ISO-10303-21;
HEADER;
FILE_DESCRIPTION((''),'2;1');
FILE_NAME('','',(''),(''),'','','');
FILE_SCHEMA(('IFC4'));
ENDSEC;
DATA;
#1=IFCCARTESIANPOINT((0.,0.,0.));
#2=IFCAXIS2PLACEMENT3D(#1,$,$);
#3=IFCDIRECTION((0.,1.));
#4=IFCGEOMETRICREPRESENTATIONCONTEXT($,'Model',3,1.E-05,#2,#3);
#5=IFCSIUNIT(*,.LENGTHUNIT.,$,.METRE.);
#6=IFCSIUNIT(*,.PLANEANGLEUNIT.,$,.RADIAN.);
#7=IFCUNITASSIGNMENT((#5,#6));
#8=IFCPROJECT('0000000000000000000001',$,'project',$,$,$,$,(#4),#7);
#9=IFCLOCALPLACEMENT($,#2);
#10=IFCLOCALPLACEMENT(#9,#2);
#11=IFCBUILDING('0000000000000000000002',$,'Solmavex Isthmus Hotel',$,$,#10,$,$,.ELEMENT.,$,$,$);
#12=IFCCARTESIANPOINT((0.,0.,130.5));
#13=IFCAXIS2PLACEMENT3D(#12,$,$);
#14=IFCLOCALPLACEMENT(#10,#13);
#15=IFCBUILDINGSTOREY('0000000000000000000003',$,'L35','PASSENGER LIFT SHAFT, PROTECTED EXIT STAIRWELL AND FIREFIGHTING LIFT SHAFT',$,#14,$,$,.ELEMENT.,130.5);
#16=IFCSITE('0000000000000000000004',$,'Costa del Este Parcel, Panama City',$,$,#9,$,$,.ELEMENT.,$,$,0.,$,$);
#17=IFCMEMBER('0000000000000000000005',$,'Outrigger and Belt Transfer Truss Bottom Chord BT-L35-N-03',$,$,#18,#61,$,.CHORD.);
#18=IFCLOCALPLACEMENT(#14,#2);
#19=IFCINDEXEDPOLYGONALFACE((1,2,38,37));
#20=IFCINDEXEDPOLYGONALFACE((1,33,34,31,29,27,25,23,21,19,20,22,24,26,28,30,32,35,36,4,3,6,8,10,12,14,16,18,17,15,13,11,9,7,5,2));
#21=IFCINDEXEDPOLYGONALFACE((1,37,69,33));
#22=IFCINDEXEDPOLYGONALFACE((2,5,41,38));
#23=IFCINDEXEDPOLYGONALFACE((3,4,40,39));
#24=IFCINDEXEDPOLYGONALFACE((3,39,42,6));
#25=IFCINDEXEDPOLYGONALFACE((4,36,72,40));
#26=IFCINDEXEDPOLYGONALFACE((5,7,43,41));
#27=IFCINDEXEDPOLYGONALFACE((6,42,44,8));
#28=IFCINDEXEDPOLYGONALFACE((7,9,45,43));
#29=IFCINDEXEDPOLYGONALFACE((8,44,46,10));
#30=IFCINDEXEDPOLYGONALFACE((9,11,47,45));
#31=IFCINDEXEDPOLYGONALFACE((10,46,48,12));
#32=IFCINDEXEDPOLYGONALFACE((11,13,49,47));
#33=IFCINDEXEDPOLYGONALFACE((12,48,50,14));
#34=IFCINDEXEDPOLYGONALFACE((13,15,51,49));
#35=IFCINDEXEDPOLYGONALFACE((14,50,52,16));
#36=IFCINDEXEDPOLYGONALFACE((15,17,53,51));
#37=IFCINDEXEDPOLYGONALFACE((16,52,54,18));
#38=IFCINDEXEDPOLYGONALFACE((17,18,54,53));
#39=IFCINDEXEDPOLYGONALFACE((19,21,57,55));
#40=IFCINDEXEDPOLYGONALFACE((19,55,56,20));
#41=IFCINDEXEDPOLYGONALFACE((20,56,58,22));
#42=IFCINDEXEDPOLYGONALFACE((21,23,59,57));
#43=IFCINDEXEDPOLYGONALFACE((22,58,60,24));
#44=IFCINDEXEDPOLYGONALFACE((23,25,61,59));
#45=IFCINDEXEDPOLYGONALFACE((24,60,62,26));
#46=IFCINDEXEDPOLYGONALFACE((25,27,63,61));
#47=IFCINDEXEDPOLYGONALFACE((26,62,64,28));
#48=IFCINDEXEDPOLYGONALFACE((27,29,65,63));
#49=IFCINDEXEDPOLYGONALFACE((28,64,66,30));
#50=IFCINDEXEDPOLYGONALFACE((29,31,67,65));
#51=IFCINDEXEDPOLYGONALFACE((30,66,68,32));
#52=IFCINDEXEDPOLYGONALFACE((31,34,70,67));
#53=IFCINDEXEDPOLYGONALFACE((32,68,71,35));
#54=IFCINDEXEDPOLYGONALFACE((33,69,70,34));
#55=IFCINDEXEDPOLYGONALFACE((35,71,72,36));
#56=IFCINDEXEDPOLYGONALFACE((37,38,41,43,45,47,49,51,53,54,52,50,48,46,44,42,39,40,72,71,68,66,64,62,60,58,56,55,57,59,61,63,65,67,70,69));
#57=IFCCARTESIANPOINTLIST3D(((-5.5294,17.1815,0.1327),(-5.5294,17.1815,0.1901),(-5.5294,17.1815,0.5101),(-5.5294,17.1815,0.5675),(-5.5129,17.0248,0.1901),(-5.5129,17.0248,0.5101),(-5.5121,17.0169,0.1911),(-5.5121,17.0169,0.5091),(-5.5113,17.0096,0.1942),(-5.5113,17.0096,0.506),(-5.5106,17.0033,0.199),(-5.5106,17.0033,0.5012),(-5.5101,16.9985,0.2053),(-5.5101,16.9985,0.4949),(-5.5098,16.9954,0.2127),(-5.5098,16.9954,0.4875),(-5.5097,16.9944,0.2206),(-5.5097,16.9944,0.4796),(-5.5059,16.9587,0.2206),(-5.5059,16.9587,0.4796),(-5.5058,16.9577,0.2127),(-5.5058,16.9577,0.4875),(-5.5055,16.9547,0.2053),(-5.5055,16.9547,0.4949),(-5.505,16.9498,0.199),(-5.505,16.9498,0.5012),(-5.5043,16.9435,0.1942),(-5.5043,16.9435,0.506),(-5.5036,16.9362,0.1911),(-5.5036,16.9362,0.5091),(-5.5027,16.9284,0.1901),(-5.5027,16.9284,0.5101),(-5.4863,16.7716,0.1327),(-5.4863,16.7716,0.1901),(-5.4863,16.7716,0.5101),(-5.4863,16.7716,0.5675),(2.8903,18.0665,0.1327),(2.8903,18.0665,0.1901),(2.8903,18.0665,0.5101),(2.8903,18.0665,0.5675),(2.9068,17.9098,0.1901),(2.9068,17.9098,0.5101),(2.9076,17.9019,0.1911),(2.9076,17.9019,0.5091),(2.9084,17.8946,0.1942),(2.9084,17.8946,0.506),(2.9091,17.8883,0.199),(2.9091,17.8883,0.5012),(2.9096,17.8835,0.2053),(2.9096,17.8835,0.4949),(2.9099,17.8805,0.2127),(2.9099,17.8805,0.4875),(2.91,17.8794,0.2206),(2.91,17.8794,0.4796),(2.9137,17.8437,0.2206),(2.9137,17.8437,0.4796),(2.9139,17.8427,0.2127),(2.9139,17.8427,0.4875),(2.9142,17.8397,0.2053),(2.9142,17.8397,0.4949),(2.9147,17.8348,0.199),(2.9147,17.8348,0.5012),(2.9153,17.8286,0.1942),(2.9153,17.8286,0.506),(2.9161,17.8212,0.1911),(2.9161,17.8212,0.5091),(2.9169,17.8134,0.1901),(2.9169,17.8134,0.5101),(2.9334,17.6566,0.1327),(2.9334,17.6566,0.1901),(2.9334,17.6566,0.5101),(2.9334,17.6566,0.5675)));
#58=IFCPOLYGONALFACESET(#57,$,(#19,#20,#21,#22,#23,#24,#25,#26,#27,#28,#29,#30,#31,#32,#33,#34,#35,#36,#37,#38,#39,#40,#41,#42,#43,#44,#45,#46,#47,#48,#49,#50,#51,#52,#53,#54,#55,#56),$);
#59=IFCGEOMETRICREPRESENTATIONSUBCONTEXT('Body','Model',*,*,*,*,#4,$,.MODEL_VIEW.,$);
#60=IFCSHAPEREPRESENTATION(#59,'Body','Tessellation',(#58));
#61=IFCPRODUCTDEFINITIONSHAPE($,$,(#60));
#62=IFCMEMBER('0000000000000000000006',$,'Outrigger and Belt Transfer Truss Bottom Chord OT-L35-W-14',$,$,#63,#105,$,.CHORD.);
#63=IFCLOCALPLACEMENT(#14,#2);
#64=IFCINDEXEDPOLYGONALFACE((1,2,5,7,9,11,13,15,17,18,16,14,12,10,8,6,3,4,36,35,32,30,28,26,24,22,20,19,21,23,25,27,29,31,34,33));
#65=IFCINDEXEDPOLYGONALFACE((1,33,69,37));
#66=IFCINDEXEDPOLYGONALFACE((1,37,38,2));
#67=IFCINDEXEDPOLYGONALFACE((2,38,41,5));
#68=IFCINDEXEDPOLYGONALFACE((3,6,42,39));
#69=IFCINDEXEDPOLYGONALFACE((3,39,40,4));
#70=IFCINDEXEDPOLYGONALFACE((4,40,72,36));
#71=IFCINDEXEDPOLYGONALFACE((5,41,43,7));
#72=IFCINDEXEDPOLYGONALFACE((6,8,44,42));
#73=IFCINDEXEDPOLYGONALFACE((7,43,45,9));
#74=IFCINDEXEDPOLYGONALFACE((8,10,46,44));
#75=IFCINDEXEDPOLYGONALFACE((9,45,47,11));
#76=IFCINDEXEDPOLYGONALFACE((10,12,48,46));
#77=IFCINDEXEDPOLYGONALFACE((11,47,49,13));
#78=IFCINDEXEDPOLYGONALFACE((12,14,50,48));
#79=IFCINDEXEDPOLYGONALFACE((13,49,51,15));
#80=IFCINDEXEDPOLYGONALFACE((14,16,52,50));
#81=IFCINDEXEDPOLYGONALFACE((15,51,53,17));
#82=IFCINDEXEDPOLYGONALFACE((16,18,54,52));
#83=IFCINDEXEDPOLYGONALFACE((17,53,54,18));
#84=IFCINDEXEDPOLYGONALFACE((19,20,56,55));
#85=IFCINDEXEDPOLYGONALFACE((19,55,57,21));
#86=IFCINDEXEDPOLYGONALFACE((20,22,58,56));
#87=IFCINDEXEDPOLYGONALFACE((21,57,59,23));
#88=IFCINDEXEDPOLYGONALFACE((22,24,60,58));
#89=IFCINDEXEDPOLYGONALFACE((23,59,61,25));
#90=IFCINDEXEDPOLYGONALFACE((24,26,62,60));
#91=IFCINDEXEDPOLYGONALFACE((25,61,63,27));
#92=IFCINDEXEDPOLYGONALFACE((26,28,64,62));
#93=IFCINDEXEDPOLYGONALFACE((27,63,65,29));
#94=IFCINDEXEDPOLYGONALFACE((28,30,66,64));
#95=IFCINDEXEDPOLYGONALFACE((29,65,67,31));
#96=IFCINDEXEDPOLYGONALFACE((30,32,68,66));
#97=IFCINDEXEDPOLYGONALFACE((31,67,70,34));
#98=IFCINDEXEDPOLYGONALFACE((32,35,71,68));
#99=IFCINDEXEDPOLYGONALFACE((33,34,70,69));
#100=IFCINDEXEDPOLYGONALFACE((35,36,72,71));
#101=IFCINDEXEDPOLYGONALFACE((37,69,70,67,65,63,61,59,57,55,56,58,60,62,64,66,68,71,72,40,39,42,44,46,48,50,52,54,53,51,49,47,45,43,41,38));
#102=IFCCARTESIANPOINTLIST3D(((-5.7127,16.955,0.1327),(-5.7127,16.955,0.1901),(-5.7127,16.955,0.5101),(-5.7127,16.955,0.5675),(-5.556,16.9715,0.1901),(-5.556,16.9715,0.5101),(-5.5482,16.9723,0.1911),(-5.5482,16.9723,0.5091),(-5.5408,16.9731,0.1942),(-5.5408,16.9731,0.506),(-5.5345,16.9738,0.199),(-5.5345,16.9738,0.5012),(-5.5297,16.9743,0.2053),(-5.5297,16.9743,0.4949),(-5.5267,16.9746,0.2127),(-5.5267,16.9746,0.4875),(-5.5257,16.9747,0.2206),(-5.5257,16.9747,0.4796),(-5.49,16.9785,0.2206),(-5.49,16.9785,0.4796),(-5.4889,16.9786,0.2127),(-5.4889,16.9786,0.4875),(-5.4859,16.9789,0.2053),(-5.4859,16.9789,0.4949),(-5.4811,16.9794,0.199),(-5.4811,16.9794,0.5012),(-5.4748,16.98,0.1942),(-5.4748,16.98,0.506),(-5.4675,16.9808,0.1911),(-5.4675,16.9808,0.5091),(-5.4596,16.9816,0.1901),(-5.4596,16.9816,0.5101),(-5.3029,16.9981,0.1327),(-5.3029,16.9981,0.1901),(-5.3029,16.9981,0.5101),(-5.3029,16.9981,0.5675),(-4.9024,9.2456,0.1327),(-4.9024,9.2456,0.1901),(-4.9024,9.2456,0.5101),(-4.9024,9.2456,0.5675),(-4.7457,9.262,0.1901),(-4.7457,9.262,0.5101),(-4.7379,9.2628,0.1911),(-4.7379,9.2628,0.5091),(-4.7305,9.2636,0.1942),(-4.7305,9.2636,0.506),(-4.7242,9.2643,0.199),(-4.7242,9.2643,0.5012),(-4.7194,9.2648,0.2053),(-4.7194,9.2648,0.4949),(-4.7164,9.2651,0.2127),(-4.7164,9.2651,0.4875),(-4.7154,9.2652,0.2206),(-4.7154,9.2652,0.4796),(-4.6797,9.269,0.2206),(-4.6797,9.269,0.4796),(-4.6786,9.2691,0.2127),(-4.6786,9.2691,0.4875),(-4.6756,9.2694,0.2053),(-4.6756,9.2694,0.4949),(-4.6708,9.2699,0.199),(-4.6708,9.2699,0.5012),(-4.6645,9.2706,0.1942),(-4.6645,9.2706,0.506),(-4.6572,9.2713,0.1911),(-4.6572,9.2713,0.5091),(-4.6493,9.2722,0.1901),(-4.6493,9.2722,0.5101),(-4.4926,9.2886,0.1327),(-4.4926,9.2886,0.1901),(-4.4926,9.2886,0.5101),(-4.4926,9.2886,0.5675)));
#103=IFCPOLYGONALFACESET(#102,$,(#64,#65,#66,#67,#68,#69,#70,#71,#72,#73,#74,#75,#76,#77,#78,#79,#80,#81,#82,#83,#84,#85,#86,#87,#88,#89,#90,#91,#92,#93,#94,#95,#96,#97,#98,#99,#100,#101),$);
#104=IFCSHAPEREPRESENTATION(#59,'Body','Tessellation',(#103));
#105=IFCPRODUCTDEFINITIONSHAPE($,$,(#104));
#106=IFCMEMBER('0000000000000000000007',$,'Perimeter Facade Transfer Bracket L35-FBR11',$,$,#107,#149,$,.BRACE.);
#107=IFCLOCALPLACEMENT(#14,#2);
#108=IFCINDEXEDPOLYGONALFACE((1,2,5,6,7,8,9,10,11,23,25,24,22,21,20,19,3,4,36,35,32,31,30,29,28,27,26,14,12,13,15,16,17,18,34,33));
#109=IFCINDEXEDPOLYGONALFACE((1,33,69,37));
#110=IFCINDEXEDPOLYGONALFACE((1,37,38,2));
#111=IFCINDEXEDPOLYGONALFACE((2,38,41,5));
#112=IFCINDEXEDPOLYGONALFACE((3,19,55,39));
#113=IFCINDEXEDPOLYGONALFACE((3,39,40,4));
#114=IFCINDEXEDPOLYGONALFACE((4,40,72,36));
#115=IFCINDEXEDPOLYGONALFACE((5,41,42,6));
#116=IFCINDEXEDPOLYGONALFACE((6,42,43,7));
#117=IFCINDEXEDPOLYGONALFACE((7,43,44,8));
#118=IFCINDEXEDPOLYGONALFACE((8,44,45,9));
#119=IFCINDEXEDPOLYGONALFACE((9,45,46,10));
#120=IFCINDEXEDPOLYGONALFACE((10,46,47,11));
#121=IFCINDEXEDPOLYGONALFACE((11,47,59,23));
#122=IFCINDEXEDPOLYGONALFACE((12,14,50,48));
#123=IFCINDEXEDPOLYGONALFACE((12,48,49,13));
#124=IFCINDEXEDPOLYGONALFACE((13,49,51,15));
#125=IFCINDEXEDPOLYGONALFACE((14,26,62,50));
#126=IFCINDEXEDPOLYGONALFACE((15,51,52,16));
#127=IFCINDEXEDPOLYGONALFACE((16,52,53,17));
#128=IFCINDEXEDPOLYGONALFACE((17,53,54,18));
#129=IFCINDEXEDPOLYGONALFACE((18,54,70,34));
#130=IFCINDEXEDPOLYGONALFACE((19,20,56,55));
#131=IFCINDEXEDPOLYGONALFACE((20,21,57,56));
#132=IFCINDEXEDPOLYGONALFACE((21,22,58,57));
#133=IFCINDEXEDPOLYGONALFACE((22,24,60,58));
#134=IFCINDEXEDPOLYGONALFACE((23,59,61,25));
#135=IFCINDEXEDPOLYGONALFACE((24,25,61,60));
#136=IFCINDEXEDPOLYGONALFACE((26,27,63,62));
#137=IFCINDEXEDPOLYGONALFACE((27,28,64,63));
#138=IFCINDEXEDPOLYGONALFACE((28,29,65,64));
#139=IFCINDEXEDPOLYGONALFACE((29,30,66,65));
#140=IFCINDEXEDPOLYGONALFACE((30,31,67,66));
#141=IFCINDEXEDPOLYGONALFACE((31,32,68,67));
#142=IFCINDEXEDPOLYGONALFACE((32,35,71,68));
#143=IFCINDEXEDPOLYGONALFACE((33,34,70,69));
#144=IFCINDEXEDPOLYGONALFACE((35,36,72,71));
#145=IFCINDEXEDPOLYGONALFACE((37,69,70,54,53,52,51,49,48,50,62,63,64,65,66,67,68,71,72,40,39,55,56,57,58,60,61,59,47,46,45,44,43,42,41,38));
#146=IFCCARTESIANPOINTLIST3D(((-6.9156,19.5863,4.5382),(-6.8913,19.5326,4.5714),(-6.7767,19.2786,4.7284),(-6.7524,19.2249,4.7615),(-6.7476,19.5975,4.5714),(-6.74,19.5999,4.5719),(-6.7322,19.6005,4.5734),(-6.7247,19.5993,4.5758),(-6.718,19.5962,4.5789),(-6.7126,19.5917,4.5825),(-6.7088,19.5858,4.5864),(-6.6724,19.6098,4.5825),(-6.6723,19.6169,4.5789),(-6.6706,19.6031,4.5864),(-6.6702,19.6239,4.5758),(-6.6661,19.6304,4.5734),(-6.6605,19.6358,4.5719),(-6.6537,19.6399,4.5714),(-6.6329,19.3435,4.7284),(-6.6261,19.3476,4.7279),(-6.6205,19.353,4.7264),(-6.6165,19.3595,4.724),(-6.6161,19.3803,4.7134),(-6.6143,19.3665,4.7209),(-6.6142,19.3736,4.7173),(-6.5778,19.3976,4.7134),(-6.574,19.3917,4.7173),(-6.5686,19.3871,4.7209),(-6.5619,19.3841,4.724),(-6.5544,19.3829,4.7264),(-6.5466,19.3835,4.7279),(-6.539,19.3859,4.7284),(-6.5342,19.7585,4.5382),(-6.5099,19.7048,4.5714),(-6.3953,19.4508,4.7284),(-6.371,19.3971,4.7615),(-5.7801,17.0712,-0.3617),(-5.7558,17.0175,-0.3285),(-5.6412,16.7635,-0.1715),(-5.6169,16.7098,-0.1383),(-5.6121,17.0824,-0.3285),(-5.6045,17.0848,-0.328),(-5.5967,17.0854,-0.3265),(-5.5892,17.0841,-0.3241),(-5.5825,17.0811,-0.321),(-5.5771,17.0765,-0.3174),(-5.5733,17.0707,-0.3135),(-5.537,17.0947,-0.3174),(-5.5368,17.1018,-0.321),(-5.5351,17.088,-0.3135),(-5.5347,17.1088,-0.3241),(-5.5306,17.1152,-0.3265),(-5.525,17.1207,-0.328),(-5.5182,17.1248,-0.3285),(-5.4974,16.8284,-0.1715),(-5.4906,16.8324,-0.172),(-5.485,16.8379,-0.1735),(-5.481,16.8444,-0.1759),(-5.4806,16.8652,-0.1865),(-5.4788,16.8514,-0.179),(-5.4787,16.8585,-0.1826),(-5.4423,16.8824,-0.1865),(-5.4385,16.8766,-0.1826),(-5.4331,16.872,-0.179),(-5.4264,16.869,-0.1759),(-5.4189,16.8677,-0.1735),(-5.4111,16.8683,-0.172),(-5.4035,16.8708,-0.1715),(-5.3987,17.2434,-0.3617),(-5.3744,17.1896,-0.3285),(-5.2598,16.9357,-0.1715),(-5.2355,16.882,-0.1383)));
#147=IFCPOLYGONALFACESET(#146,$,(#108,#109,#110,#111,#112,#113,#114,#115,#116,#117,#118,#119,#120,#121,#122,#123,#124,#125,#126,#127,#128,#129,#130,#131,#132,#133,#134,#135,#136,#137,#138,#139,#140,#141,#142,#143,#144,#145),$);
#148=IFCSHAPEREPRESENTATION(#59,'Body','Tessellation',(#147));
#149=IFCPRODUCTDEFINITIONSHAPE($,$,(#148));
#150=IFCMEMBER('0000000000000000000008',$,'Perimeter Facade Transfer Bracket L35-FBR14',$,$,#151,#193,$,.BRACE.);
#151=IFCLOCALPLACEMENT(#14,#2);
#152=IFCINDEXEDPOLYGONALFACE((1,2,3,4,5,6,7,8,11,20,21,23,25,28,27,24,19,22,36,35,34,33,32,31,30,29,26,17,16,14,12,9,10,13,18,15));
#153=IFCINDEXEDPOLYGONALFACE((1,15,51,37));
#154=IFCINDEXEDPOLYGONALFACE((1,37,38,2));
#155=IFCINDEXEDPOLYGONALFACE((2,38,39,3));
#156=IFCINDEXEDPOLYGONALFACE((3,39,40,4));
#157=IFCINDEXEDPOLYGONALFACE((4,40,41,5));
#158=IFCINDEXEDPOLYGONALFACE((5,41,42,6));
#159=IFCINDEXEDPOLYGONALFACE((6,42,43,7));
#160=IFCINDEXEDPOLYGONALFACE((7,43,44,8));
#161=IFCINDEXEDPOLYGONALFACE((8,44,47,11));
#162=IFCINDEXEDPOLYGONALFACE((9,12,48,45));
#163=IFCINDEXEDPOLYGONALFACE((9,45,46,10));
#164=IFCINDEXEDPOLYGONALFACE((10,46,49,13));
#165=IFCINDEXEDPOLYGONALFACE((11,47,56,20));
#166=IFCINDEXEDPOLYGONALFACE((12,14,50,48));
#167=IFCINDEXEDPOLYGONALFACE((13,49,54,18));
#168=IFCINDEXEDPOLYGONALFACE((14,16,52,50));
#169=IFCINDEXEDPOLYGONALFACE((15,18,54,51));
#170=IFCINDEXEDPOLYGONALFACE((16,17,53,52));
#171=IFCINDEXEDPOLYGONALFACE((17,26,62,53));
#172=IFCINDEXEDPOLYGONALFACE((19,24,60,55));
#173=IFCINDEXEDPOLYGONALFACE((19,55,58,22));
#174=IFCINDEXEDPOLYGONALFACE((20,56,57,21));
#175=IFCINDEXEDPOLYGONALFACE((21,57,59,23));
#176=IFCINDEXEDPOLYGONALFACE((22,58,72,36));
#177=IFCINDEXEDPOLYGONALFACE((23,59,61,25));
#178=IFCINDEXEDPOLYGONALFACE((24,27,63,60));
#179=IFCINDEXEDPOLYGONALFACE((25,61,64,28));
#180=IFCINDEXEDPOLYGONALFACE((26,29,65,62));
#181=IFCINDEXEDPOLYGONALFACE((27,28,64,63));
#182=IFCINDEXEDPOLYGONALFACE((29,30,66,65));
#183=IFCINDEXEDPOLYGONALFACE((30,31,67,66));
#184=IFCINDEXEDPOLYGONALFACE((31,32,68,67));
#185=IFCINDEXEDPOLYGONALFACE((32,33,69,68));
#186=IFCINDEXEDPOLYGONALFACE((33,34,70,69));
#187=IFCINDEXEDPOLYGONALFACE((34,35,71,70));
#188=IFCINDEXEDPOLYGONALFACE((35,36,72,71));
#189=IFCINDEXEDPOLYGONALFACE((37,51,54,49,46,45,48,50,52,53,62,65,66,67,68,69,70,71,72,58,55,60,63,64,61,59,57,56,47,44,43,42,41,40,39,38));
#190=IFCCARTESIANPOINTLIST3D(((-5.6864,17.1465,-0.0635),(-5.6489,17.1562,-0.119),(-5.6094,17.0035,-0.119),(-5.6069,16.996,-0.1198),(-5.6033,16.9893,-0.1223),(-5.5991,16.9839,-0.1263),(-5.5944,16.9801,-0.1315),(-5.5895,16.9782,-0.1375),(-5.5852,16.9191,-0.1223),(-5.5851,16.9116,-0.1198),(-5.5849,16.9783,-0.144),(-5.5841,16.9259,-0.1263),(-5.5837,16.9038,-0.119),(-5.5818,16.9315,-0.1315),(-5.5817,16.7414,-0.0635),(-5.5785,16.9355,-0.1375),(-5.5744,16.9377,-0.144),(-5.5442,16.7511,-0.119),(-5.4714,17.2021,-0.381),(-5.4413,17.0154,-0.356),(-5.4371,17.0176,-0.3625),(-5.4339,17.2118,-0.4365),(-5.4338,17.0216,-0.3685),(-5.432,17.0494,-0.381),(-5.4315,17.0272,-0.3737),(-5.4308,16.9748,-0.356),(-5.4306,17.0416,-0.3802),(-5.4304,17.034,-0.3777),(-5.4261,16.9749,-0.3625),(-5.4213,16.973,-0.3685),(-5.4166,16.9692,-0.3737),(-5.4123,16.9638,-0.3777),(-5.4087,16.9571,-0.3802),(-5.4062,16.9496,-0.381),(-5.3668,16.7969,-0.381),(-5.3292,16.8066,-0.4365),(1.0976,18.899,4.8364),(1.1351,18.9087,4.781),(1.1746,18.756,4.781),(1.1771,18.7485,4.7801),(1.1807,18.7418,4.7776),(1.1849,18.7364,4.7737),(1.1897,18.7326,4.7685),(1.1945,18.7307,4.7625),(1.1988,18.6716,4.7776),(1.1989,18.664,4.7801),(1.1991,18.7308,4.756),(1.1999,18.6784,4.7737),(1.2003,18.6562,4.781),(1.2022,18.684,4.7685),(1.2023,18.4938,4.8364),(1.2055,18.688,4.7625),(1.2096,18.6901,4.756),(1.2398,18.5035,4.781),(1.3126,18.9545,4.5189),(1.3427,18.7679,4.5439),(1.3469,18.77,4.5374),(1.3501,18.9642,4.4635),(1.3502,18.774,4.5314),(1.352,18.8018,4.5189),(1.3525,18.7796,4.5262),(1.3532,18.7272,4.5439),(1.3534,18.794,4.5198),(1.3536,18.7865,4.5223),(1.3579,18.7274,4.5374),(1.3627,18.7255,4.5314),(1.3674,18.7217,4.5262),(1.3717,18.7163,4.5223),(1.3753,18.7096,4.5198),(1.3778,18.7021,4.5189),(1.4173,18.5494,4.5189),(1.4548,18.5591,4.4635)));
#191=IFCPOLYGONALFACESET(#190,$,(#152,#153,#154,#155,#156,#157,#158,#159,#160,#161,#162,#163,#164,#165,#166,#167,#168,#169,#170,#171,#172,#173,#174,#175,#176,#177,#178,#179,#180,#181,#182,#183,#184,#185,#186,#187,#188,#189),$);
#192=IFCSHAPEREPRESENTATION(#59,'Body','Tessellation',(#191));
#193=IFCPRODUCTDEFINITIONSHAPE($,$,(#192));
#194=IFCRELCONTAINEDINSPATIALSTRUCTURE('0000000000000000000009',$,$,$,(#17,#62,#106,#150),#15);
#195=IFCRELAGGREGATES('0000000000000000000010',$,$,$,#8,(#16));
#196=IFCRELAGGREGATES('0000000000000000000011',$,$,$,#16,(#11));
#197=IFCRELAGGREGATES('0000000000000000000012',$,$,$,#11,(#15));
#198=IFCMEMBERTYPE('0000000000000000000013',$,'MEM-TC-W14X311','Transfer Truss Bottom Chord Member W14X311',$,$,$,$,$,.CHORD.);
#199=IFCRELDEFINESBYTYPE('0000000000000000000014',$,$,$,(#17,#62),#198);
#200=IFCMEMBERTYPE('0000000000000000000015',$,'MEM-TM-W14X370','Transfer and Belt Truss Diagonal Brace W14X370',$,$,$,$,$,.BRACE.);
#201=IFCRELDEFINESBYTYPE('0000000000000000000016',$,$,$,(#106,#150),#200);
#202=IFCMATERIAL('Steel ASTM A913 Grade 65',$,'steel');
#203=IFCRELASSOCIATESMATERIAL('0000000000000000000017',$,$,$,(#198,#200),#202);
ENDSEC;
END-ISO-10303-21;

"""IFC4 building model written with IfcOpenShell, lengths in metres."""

from ifc_helpers import new_model, si_unit, direction, frame, origin, origin_2d, place, context, subcontext, project, spatial, i_section, extrude, material, material_profile, profile_set, type_object, element, save


model = new_model("IFC4")

# Units and contexts
model_context = context("Model", 3, precision=1e-05, world=origin(), true_north=direction((0.0, 1.0)))
body_context = subcontext(model_context, "Body", "Model", "MODEL_VIEW")
ifc_project = project(units=[si_unit("LENGTHUNIT", "METRE"), si_unit("PLANEANGLEUNIT", "RADIAN")], contexts=[model_context])

# Site, building, storey
site_placement = place(None, origin())
site = spatial("IfcSite", under=ifc_project, at=site_placement, Name="Costa del Este Parcel, Panama City", CompositionType="ELEMENT", RefElevation=0.0)
building_placement = place(site_placement, origin())
building = spatial("IfcBuilding", under=site, at=building_placement, Name="Solmavex Isthmus Hotel", CompositionType="ELEMENT")
storey_placement = place(building_placement, frame((0.0, 0.0, 130.5)))
storey = spatial("IfcBuildingStorey", under=building, at=storey_placement, Name="L35", Description="PASSENGER LIFT SHAFT, PROTECTED EXIT STAIRWELL AND FIREFIGHTING LIFT SHAFT", CompositionType="ELEMENT", Elevation=130.5)

# Shared definitions
ifc_material_1 = material(Name="Steel ASTM A913 Grade 65", Category="steel")

# Members
ifc_material_profile_1 = material_profile(ifc_material_1, i_section(OverallWidth=0.4121, OverallDepth=0.4348, WebThickness=0.0359, FlangeThickness=0.0574, FilletRadius=0.0305, at=origin_2d()), Name="W14X311")
ifc_profile_set_1 = profile_set([ifc_material_profile_1], Name="Steel ASTM A913 Grade 65")
member_type_1 = type_object("IfcMemberType", Name="MEM-TC-W14X311", Description="Transfer Truss Bottom Chord Member W14X311", PredefinedType="CHORD", material=ifc_profile_set_1)
member_1_placement = place(storey_placement, frame((-5.5078, 16.9766, 0.3501), z_axis=(0.994521, 0.104536, 0.0), x_axis=(-0.104536, 0.994521, 0.0)))
element("IfcMember", 1, at=member_1_placement, inside=storey, type_object=member_type_1, Name="Outrigger and Belt Transfer Truss Bottom Chord BT-L35-N-03", PredefinedType="CHORD", context=body_context, shape_type="SweptSolid", body=[
    extrude(i_section(OverallWidth=0.4121, OverallDepth=0.4348, WebThickness=0.0359, FlangeThickness=0.0574, FilletRadius=0.0305, at=origin_2d()), origin(), (0.0, 0.0, 1.0), 8.4661),
])
member_2_placement = place(storey_placement, frame((-4.6975, 9.2671, 0.3501), z_axis=(-0.104529, 0.994522, 0.0), x_axis=(-0.994522, -0.104529, 0.0)))
element("IfcMember", 2, at=member_2_placement, inside=storey, type_object=member_type_1, Name="Outrigger and Belt Transfer Truss Bottom Chord OT-L35-W-14", PredefinedType="CHORD", context=body_context, shape_type="SweptSolid", body=[
    extrude(i_section(OverallWidth=0.4121, OverallDepth=0.4348, WebThickness=0.0359, FlangeThickness=0.0574, FilletRadius=0.0305, at=origin_2d()), origin(), (0.0, 0.0, 1.0), 7.752),
])
ifc_material_profile_2 = material_profile(ifc_material_1, i_section(OverallWidth=0.4185, OverallDepth=0.4551, WebThickness=0.042, FlangeThickness=0.0676, FilletRadius=0.0305, at=origin_2d()), Name="W14X370")
ifc_profile_set_2 = profile_set([ifc_material_profile_2], Name="Steel ASTM A913 Grade 65")
member_type_2 = type_object("IfcMemberType", Name="MEM-TM-W14X370", Description="Transfer and Belt Truss Diagonal Brace W14X370", PredefinedType="BRACE", material=ifc_profile_set_2)
member_3_placement = place(storey_placement, frame((-5.5078, 16.9766, -0.25), z_axis=(-0.201918, 0.447251, 0.871318), x_axis=(-0.911421, -0.411475, 0.0)))
element("IfcMember", 3, at=member_3_placement, inside=storey, type_object=member_type_2, Name="Perimeter Facade Transfer Bracket L35-FBR11", PredefinedType="BRACE", context=body_context, shape_type="SweptSolid", body=[
    extrude(i_section(OverallWidth=0.4185, OverallDepth=0.4551, WebThickness=0.042, FlangeThickness=0.0676, FilletRadius=0.0305, at=origin_2d()), origin(), (0.0, 0.0, 1.0), 5.6235),
])
member_4_placement = place(storey_placement, frame((-5.5078, 16.9766, -0.25), z_axis=(0.793446, 0.204965, 0.57309), x_axis=(-0.250112, 0.968217, 0.0)))
element("IfcMember", 4, at=member_4_placement, inside=storey, type_object=member_type_2, Name="Perimeter Facade Transfer Bracket L35-FBR14", PredefinedType="BRACE", context=body_context, shape_type="SweptSolid", body=[
    extrude(i_section(OverallWidth=0.4185, OverallDepth=0.4551, WebThickness=0.042, FlangeThickness=0.0676, FilletRadius=0.0305, at=origin_2d()), origin(), (0.0, 0.0, 1.0), 8.55),
])

save(model, "model.ifc")
